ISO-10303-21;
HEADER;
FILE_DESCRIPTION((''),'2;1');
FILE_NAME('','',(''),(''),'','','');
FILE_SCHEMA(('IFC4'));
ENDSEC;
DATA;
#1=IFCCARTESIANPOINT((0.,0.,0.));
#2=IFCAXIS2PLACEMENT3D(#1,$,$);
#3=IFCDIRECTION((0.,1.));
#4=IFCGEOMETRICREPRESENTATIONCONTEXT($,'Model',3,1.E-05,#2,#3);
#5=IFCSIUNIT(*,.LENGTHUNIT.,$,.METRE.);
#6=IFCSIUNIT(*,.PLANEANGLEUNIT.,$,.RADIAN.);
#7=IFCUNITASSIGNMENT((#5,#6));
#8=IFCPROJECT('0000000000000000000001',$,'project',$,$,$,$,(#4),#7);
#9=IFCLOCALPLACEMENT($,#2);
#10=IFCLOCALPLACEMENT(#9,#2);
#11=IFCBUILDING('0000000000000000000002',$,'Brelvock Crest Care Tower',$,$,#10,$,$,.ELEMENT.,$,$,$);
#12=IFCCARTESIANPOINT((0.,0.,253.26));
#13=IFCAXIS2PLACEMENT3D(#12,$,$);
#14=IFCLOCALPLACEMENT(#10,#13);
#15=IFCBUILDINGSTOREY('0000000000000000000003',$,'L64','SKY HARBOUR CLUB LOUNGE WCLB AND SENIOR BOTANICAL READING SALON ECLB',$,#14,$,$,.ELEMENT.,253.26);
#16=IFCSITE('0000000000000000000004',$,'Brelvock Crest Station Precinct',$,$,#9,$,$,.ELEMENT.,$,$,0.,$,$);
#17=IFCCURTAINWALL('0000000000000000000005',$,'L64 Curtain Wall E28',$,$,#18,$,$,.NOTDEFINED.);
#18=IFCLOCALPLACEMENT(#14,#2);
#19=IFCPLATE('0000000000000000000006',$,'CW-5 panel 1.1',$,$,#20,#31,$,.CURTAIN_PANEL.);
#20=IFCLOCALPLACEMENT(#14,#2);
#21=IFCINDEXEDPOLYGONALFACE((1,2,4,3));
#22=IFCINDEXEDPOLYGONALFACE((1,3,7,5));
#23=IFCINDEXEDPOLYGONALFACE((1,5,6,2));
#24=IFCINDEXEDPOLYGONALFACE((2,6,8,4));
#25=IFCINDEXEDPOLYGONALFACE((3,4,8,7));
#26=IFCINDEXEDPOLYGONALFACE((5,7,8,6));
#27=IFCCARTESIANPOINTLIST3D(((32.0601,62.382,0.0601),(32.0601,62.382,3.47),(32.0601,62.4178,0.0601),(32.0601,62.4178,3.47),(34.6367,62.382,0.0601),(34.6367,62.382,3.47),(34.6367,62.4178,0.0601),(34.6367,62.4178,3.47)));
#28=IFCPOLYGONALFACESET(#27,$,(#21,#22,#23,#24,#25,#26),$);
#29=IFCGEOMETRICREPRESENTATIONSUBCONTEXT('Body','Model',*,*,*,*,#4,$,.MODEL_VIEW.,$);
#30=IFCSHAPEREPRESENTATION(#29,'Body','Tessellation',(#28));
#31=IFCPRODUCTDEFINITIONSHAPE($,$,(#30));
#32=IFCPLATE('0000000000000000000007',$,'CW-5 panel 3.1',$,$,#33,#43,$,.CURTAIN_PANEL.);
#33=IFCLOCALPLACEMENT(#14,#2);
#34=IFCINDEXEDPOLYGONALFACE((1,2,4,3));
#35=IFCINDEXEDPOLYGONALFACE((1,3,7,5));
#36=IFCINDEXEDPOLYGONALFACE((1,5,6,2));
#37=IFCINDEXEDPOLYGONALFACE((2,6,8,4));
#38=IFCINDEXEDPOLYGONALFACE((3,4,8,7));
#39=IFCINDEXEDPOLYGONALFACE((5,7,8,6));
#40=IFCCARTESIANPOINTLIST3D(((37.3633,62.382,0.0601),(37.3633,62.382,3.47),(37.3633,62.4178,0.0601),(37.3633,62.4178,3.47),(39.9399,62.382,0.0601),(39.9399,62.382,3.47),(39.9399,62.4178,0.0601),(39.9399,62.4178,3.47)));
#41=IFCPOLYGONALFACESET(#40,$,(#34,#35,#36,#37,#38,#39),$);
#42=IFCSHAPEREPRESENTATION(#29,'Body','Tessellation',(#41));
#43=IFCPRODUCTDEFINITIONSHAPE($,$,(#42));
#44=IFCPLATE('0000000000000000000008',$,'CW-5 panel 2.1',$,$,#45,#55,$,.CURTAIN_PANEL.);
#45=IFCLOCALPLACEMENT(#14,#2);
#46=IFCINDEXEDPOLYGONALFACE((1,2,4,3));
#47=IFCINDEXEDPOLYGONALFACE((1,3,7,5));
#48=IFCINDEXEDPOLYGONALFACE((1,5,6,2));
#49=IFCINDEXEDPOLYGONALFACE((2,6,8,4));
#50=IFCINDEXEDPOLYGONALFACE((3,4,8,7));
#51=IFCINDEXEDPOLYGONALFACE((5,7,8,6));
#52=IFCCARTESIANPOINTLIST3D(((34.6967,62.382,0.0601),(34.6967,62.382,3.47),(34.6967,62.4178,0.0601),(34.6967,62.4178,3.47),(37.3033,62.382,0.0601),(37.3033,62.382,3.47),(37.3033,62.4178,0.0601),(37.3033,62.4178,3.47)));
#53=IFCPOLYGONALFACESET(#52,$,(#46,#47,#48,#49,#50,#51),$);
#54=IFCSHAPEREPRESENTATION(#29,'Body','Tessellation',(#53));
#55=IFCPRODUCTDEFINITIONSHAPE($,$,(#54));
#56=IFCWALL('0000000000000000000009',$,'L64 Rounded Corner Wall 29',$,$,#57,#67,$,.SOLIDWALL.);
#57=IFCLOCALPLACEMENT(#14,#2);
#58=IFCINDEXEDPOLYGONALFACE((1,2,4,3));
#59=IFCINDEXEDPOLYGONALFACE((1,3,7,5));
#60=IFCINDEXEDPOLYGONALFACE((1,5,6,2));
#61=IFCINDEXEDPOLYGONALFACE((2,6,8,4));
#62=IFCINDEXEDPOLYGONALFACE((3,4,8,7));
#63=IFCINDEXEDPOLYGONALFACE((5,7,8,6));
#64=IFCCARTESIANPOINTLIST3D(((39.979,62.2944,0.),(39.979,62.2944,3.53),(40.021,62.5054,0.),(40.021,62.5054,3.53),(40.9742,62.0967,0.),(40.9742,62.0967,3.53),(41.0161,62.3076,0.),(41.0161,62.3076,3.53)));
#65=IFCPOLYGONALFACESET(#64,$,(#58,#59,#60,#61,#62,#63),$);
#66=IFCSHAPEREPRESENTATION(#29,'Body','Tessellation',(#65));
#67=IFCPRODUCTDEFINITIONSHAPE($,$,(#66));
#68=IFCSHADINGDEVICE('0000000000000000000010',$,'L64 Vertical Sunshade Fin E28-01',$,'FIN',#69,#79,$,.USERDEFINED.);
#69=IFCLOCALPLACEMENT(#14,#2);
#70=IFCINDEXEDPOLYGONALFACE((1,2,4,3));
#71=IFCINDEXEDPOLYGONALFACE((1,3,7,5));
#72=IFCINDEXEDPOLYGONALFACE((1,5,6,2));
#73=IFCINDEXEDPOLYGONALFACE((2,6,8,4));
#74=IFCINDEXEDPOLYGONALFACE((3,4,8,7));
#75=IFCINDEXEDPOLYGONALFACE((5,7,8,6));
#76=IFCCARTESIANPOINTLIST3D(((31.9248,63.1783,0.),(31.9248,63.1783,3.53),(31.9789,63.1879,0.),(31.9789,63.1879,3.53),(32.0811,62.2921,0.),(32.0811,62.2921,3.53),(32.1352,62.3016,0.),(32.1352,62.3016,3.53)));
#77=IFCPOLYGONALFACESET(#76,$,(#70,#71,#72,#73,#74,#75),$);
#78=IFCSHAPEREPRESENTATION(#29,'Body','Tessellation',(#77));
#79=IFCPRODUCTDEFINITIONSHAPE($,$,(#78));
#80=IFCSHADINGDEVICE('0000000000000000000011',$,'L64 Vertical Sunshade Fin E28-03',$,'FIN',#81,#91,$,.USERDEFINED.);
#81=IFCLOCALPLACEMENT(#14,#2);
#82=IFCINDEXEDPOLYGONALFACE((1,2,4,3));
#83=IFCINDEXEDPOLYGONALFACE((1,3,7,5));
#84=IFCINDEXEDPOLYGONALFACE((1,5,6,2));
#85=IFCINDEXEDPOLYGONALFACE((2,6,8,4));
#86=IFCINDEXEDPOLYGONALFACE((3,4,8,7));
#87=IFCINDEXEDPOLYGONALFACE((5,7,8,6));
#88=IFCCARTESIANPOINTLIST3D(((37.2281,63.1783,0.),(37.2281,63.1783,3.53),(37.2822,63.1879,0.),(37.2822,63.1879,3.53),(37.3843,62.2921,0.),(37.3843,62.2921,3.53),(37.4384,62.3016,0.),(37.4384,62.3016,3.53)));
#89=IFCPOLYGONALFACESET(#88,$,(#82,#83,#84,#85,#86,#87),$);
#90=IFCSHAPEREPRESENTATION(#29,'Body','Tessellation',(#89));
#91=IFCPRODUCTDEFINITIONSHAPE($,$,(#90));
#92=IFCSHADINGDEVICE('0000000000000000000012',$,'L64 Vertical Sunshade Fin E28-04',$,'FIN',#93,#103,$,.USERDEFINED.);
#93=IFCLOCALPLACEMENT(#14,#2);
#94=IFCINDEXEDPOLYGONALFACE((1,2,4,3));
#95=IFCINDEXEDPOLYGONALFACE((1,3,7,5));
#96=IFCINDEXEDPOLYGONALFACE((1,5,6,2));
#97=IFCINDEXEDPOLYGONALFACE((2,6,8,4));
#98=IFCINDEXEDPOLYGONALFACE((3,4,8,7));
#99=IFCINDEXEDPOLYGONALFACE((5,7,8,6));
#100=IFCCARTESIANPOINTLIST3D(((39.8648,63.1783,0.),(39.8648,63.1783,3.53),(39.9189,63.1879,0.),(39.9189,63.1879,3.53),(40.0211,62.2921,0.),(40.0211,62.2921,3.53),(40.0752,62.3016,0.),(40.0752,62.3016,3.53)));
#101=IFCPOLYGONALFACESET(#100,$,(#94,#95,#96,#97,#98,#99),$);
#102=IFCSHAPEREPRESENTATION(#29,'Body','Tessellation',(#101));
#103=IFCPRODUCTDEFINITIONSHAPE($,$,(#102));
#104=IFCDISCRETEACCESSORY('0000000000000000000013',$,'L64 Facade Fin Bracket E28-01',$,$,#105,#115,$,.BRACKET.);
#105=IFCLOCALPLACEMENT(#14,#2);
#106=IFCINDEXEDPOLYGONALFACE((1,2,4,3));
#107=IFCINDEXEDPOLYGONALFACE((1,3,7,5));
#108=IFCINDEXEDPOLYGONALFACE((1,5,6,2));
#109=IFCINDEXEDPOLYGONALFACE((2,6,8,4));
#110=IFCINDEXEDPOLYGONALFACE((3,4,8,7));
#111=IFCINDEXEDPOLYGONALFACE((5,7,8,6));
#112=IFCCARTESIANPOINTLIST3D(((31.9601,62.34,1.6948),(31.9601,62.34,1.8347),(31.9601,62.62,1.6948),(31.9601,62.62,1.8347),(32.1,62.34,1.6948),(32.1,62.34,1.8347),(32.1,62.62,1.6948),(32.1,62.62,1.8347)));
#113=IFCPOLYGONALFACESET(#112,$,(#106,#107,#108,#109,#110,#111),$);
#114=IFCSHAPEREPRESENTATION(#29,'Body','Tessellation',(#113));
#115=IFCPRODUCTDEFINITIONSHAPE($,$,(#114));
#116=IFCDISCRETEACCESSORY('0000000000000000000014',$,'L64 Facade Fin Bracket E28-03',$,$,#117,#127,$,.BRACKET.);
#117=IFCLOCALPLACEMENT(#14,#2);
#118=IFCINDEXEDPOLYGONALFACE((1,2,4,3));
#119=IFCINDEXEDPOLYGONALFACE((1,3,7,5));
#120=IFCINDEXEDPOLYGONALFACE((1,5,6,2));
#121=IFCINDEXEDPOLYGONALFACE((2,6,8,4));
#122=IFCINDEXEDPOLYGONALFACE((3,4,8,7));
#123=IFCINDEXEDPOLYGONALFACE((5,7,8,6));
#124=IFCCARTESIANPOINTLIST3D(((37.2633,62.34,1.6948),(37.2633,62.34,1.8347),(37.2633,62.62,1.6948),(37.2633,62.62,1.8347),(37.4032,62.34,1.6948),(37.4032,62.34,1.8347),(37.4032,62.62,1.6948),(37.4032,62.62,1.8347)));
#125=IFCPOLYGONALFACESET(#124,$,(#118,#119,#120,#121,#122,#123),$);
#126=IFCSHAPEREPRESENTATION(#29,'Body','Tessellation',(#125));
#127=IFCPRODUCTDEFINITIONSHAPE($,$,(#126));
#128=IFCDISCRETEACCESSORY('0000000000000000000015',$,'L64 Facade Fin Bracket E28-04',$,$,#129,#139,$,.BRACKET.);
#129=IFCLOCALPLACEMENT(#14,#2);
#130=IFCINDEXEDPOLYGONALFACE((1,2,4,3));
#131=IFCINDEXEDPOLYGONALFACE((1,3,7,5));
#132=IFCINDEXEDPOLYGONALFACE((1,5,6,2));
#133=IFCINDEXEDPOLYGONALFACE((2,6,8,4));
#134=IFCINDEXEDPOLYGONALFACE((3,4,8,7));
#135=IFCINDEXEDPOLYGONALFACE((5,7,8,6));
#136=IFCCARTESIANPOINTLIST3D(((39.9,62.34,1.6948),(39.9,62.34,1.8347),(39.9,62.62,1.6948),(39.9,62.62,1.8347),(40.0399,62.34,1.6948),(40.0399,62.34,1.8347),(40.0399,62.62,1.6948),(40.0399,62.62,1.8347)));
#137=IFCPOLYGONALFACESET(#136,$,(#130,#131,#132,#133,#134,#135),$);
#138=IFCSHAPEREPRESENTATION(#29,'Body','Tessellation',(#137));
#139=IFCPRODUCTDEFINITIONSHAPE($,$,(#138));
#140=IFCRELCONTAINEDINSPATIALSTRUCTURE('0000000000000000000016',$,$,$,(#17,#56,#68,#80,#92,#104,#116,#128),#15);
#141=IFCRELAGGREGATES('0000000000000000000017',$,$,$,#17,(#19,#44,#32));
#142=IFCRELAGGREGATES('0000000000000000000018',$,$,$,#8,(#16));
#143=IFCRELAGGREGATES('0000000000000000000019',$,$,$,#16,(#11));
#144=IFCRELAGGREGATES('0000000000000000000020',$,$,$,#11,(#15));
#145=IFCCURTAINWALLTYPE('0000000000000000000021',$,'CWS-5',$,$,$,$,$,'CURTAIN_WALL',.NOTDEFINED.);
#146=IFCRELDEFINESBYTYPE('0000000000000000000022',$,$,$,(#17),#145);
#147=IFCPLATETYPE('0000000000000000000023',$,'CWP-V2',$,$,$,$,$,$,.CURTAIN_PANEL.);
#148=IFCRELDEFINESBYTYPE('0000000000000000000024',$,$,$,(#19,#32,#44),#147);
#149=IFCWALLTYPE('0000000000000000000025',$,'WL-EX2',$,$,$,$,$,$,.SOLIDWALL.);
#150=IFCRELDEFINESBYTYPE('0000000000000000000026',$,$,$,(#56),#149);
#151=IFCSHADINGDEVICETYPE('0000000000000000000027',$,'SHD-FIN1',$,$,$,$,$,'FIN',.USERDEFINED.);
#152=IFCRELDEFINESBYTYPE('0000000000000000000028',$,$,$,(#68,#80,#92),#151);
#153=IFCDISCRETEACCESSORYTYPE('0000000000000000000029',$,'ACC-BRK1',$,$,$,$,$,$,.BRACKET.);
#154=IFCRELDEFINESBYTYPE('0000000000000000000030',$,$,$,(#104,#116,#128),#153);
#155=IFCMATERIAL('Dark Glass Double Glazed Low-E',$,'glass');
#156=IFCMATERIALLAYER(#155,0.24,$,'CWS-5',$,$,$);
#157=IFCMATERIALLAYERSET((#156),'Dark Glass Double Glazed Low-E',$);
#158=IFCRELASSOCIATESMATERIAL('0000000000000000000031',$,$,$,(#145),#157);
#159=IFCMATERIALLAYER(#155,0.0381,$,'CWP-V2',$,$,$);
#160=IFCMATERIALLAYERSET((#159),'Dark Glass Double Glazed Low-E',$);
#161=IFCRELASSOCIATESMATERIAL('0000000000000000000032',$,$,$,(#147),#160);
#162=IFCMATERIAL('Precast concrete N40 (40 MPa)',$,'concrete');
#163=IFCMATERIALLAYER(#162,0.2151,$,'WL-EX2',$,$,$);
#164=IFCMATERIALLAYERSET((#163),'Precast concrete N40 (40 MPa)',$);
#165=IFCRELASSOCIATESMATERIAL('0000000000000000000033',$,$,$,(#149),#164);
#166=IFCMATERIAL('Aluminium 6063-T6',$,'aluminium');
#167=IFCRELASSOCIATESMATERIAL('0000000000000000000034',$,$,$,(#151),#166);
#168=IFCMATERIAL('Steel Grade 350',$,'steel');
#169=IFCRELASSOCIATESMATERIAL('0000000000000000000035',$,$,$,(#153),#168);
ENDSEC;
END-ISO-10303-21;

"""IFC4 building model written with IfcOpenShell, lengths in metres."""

from ifc_helpers import new_model, si_unit, direction, frame, frame_2d, origin, origin_2d, place, context, subcontext, project, spatial, rectangle, extrude, source, transform, mapped, material, layer, layer_set, material_profile, profile_set, type_object, element, aggregate, save


model = new_model("IFC4")

# Units and contexts
model_context = context("Model", 3, precision=1e-05, world=origin(), true_north=direction((0.0, 1.0)))
body_context = subcontext(model_context, "Body", "Model", "MODEL_VIEW")
ifc_project = project(units=[si_unit("LENGTHUNIT", "METRE"), si_unit("PLANEANGLEUNIT", "RADIAN")], contexts=[model_context])

# Site, building, storey
site_placement = place(None, origin())
site = spatial("IfcSite", under=ifc_project, at=site_placement, Name="Brelvock Crest Station Precinct", CompositionType="ELEMENT", RefElevation=0.0)
building_placement = place(site_placement, origin())
building = spatial("IfcBuilding", under=site, at=building_placement, Name="Brelvock Crest Care Tower", CompositionType="ELEMENT")
storey_placement = place(building_placement, frame((0.0, 0.0, 253.26)))
storey = spatial("IfcBuildingStorey", under=building, at=storey_placement, Name="L64", Description="SKY HARBOUR CLUB LOUNGE WCLB AND SENIOR BOTANICAL READING SALON ECLB", CompositionType="ELEMENT", Elevation=253.26)

# Shared definitions
ifc_material_1 = material(Name="Steel Grade 350", Category="steel")

# Curtain wall, plates
ifc_material_2 = material(Name="Dark Glass Double Glazed Low-E", Category="glass")
ifc_layer_1 = layer(ifc_material_2, 0.24, Name="CWS-5")
ifc_layer_set_1 = layer_set([ifc_layer_1], Name="Dark Glass Double Glazed Low-E")
curtain_wall_type = type_object("IfcCurtainWallType", Name="CWS-5", ElementType="CURTAIN_WALL", PredefinedType="NOTDEFINED", material=ifc_layer_set_1)
curtain_wall_placement = place(storey_placement, origin())
curtain_wall = element("IfcCurtainWall", 1, at=curtain_wall_placement, inside=storey, type_object=curtain_wall_type, Name="L64 Curtain Wall E28", PredefinedType="NOTDEFINED")
ifc_material_3 = material(Name="Aluminium 6063-T6", Category="aluminium")
ifc_layer_2 = layer(ifc_material_2, 0.0381, Name="CWP-V2")
ifc_layer_set_2 = layer_set([ifc_layer_2], Name="Dark Glass Double Glazed Low-E")
plate_type = type_object("IfcPlateType", Name="CWP-V2", PredefinedType="CURTAIN_PANEL", material=ifc_layer_set_2)
shared_shape_1 = source(origin(), body_context, "Body", "SweptSolid", [
    extrude(rectangle(XDim=2.5767, YDim=0.0359, at=origin_2d()), origin(), (0.0, 0.0, 1.0), 3.4099),
])
plate_1_placement = place(storey_placement, frame((33.3484, 62.3999, 0.0601), z_axis=(0.0, 0.0, 1.0), x_axis=(1.0, 0.0, 0.0)))
plate_1 = element("IfcPlate", 2, at=plate_1_placement, type_object=plate_type, Name="CW-5 panel 1.1", PredefinedType="CURTAIN_PANEL", context=body_context, shape_type="MappedRepresentation", body=[
    mapped(shared_shape_1, transform((0.0, 0.0, 0.0), x_axis=(1.0, 0.0, 0.0), y_axis=(0.0, 1.0, 0.0), z_axis=(0.0, 0.0, 1.0), scale=1.0)),
])
plate_2_placement = place(storey_placement, frame((38.6516, 62.3999, 0.0601), z_axis=(0.0, 0.0, 1.0), x_axis=(1.0, 0.0, 0.0)))
plate_2 = element("IfcPlate", 3, at=plate_2_placement, type_object=plate_type, Name="CW-5 panel 3.1", PredefinedType="CURTAIN_PANEL", context=body_context, shape_type="MappedRepresentation", body=[
    mapped(shared_shape_1, transform((0.0, 0.0, 0.0), x_axis=(1.0, 0.0, 0.0), y_axis=(0.0, 1.0, 0.0), z_axis=(0.0, 0.0, 1.0), scale=1.0)),
])
shared_shape_2 = source(origin(), body_context, "Body", "SweptSolid", [
    extrude(rectangle(XDim=2.6067, YDim=0.0359, at=origin_2d()), origin(), (0.0, 0.0, 1.0), 3.4099),
])
plate_3_placement = place(storey_placement, frame((36.0, 62.3999, 0.0601), z_axis=(0.0, 0.0, 1.0), x_axis=(1.0, 0.0, 0.0)))
plate_3 = element("IfcPlate", 4, at=plate_3_placement, type_object=plate_type, Name="CW-5 panel 2.1", PredefinedType="CURTAIN_PANEL", context=body_context, shape_type="MappedRepresentation", body=[
    mapped(shared_shape_2, transform((0.0, 0.0, 0.0), x_axis=(1.0, 0.0, 0.0), y_axis=(0.0, 1.0, 0.0), z_axis=(0.0, 0.0, 1.0), scale=1.0)),
])
aggregate(curtain_wall, [plate_1, plate_3, plate_2])

# Wall
ifc_material_4 = material(Name="Precast concrete N40 (40 MPa)", Category="concrete")
ifc_layer_3 = layer(ifc_material_4, 0.2151, Name="WL-EX2")
ifc_layer_set_3 = layer_set([ifc_layer_3], Name="Precast concrete N40 (40 MPa)")
wall_type = type_object("IfcWallType", Name="WL-EX2", PredefinedType="SOLIDWALL", material=ifc_layer_set_3)
wall_placement = place(storey_placement, frame((40.0, 62.3999, 0.0), z_axis=(0.0, 0.0, 1.0), x_axis=(0.980821, -0.194913, 0.0)))
element("IfcWall", 5, at=wall_placement, inside=storey, type_object=wall_type, Name="L64 Rounded Corner Wall 29", PredefinedType="SOLIDWALL", context=body_context, shape_type="SweptSolid", body=[
    extrude(rectangle(XDim=1.0146, YDim=0.2151, at=frame_2d((0.5073, 0.0))), origin(), (0.0, 0.0, 1.0), 3.53),
])

# Shading devices
ifc_material_profile_1 = material_profile(ifc_material_3, rectangle(XDim=0.0549, YDim=0.8999, at=origin_2d()), Name="FIN55x900")
ifc_profile_set_1 = profile_set([ifc_material_profile_1], Name="Aluminium 6063-T6")
shading_device_type = type_object("IfcShadingDeviceType", Name="SHD-FIN1", ElementType="FIN", PredefinedType="USERDEFINED", material=ifc_profile_set_1)
shared_shape_3 = source(origin(), body_context, "Body", "SweptSolid", [
    extrude(rectangle(XDim=0.0549, YDim=0.8999, at=origin_2d()), origin(), (0.0, 0.0, 1.0), 3.53),
])
for number, where, z_axis, x_axis, name in (
    (6, (32.03, 62.74, 0.0), (0.0, 0.0, 1.0), (0.984808, 0.173648, 0.0), "L64 Vertical Sunshade Fin E28-01"),
    (7, (37.3333, 62.74, 0.0), (0.0, 0.0, 1.0), (0.984808, 0.173648, 0.0), "L64 Vertical Sunshade Fin E28-03"),
    (8, (39.97, 62.74, 0.0), (0.0, 0.0, 1.0), (0.984808, 0.173648, 0.0), "L64 Vertical Sunshade Fin E28-04"),
):
    element("IfcShadingDevice", number, at=place(storey_placement, frame(where, z_axis=z_axis, x_axis=x_axis)), inside=storey, type_object=shading_device_type, Name=name, ObjectType="FIN", PredefinedType="USERDEFINED", context=body_context, shape_type="MappedRepresentation", body=[
        mapped(shared_shape_3, transform((0.0, 0.0, 0.0), x_axis=(1.0, 0.0, 0.0), y_axis=(0.0, 1.0, 0.0), z_axis=(0.0, 0.0, 1.0), scale=1.0)),
    ])

# Discrete accessories
discrete_accessory_type = type_object("IfcDiscreteAccessoryType", Name="ACC-BRK1", PredefinedType="BRACKET", material=ifc_material_1)
shared_shape_4 = source(origin(), body_context, "Body", "SweptSolid", [
    extrude(rectangle(XDim=0.28, YDim=0.1399, at=origin_2d()), origin(), (0.0, 0.0, 1.0), 0.1399),
])
for number, where, z_axis, x_axis, name in (
    (9, (32.03, 62.48, 1.6948), (0.0, 0.0, 1.0), (0.0, 1.0, 0.0), "L64 Facade Fin Bracket E28-01"),
    (10, (37.3333, 62.48, 1.6948), (0.0, 0.0, 1.0), (0.0, 1.0, 0.0), "L64 Facade Fin Bracket E28-03"),
    (11, (39.97, 62.48, 1.6948), (0.0, 0.0, 1.0), (0.0, 1.0, 0.0), "L64 Facade Fin Bracket E28-04"),
):
    element("IfcDiscreteAccessory", number, at=place(storey_placement, frame(where, z_axis=z_axis, x_axis=x_axis)), inside=storey, type_object=discrete_accessory_type, Name=name, PredefinedType="BRACKET", context=body_context, shape_type="MappedRepresentation", body=[
        mapped(shared_shape_4, transform((0.0, 0.0, 0.0), x_axis=(1.0, 0.0, 0.0), y_axis=(0.0, 1.0, 0.0), z_axis=(0.0, 0.0, 1.0), scale=1.0)),
    ])

save(model, "model.ifc")
